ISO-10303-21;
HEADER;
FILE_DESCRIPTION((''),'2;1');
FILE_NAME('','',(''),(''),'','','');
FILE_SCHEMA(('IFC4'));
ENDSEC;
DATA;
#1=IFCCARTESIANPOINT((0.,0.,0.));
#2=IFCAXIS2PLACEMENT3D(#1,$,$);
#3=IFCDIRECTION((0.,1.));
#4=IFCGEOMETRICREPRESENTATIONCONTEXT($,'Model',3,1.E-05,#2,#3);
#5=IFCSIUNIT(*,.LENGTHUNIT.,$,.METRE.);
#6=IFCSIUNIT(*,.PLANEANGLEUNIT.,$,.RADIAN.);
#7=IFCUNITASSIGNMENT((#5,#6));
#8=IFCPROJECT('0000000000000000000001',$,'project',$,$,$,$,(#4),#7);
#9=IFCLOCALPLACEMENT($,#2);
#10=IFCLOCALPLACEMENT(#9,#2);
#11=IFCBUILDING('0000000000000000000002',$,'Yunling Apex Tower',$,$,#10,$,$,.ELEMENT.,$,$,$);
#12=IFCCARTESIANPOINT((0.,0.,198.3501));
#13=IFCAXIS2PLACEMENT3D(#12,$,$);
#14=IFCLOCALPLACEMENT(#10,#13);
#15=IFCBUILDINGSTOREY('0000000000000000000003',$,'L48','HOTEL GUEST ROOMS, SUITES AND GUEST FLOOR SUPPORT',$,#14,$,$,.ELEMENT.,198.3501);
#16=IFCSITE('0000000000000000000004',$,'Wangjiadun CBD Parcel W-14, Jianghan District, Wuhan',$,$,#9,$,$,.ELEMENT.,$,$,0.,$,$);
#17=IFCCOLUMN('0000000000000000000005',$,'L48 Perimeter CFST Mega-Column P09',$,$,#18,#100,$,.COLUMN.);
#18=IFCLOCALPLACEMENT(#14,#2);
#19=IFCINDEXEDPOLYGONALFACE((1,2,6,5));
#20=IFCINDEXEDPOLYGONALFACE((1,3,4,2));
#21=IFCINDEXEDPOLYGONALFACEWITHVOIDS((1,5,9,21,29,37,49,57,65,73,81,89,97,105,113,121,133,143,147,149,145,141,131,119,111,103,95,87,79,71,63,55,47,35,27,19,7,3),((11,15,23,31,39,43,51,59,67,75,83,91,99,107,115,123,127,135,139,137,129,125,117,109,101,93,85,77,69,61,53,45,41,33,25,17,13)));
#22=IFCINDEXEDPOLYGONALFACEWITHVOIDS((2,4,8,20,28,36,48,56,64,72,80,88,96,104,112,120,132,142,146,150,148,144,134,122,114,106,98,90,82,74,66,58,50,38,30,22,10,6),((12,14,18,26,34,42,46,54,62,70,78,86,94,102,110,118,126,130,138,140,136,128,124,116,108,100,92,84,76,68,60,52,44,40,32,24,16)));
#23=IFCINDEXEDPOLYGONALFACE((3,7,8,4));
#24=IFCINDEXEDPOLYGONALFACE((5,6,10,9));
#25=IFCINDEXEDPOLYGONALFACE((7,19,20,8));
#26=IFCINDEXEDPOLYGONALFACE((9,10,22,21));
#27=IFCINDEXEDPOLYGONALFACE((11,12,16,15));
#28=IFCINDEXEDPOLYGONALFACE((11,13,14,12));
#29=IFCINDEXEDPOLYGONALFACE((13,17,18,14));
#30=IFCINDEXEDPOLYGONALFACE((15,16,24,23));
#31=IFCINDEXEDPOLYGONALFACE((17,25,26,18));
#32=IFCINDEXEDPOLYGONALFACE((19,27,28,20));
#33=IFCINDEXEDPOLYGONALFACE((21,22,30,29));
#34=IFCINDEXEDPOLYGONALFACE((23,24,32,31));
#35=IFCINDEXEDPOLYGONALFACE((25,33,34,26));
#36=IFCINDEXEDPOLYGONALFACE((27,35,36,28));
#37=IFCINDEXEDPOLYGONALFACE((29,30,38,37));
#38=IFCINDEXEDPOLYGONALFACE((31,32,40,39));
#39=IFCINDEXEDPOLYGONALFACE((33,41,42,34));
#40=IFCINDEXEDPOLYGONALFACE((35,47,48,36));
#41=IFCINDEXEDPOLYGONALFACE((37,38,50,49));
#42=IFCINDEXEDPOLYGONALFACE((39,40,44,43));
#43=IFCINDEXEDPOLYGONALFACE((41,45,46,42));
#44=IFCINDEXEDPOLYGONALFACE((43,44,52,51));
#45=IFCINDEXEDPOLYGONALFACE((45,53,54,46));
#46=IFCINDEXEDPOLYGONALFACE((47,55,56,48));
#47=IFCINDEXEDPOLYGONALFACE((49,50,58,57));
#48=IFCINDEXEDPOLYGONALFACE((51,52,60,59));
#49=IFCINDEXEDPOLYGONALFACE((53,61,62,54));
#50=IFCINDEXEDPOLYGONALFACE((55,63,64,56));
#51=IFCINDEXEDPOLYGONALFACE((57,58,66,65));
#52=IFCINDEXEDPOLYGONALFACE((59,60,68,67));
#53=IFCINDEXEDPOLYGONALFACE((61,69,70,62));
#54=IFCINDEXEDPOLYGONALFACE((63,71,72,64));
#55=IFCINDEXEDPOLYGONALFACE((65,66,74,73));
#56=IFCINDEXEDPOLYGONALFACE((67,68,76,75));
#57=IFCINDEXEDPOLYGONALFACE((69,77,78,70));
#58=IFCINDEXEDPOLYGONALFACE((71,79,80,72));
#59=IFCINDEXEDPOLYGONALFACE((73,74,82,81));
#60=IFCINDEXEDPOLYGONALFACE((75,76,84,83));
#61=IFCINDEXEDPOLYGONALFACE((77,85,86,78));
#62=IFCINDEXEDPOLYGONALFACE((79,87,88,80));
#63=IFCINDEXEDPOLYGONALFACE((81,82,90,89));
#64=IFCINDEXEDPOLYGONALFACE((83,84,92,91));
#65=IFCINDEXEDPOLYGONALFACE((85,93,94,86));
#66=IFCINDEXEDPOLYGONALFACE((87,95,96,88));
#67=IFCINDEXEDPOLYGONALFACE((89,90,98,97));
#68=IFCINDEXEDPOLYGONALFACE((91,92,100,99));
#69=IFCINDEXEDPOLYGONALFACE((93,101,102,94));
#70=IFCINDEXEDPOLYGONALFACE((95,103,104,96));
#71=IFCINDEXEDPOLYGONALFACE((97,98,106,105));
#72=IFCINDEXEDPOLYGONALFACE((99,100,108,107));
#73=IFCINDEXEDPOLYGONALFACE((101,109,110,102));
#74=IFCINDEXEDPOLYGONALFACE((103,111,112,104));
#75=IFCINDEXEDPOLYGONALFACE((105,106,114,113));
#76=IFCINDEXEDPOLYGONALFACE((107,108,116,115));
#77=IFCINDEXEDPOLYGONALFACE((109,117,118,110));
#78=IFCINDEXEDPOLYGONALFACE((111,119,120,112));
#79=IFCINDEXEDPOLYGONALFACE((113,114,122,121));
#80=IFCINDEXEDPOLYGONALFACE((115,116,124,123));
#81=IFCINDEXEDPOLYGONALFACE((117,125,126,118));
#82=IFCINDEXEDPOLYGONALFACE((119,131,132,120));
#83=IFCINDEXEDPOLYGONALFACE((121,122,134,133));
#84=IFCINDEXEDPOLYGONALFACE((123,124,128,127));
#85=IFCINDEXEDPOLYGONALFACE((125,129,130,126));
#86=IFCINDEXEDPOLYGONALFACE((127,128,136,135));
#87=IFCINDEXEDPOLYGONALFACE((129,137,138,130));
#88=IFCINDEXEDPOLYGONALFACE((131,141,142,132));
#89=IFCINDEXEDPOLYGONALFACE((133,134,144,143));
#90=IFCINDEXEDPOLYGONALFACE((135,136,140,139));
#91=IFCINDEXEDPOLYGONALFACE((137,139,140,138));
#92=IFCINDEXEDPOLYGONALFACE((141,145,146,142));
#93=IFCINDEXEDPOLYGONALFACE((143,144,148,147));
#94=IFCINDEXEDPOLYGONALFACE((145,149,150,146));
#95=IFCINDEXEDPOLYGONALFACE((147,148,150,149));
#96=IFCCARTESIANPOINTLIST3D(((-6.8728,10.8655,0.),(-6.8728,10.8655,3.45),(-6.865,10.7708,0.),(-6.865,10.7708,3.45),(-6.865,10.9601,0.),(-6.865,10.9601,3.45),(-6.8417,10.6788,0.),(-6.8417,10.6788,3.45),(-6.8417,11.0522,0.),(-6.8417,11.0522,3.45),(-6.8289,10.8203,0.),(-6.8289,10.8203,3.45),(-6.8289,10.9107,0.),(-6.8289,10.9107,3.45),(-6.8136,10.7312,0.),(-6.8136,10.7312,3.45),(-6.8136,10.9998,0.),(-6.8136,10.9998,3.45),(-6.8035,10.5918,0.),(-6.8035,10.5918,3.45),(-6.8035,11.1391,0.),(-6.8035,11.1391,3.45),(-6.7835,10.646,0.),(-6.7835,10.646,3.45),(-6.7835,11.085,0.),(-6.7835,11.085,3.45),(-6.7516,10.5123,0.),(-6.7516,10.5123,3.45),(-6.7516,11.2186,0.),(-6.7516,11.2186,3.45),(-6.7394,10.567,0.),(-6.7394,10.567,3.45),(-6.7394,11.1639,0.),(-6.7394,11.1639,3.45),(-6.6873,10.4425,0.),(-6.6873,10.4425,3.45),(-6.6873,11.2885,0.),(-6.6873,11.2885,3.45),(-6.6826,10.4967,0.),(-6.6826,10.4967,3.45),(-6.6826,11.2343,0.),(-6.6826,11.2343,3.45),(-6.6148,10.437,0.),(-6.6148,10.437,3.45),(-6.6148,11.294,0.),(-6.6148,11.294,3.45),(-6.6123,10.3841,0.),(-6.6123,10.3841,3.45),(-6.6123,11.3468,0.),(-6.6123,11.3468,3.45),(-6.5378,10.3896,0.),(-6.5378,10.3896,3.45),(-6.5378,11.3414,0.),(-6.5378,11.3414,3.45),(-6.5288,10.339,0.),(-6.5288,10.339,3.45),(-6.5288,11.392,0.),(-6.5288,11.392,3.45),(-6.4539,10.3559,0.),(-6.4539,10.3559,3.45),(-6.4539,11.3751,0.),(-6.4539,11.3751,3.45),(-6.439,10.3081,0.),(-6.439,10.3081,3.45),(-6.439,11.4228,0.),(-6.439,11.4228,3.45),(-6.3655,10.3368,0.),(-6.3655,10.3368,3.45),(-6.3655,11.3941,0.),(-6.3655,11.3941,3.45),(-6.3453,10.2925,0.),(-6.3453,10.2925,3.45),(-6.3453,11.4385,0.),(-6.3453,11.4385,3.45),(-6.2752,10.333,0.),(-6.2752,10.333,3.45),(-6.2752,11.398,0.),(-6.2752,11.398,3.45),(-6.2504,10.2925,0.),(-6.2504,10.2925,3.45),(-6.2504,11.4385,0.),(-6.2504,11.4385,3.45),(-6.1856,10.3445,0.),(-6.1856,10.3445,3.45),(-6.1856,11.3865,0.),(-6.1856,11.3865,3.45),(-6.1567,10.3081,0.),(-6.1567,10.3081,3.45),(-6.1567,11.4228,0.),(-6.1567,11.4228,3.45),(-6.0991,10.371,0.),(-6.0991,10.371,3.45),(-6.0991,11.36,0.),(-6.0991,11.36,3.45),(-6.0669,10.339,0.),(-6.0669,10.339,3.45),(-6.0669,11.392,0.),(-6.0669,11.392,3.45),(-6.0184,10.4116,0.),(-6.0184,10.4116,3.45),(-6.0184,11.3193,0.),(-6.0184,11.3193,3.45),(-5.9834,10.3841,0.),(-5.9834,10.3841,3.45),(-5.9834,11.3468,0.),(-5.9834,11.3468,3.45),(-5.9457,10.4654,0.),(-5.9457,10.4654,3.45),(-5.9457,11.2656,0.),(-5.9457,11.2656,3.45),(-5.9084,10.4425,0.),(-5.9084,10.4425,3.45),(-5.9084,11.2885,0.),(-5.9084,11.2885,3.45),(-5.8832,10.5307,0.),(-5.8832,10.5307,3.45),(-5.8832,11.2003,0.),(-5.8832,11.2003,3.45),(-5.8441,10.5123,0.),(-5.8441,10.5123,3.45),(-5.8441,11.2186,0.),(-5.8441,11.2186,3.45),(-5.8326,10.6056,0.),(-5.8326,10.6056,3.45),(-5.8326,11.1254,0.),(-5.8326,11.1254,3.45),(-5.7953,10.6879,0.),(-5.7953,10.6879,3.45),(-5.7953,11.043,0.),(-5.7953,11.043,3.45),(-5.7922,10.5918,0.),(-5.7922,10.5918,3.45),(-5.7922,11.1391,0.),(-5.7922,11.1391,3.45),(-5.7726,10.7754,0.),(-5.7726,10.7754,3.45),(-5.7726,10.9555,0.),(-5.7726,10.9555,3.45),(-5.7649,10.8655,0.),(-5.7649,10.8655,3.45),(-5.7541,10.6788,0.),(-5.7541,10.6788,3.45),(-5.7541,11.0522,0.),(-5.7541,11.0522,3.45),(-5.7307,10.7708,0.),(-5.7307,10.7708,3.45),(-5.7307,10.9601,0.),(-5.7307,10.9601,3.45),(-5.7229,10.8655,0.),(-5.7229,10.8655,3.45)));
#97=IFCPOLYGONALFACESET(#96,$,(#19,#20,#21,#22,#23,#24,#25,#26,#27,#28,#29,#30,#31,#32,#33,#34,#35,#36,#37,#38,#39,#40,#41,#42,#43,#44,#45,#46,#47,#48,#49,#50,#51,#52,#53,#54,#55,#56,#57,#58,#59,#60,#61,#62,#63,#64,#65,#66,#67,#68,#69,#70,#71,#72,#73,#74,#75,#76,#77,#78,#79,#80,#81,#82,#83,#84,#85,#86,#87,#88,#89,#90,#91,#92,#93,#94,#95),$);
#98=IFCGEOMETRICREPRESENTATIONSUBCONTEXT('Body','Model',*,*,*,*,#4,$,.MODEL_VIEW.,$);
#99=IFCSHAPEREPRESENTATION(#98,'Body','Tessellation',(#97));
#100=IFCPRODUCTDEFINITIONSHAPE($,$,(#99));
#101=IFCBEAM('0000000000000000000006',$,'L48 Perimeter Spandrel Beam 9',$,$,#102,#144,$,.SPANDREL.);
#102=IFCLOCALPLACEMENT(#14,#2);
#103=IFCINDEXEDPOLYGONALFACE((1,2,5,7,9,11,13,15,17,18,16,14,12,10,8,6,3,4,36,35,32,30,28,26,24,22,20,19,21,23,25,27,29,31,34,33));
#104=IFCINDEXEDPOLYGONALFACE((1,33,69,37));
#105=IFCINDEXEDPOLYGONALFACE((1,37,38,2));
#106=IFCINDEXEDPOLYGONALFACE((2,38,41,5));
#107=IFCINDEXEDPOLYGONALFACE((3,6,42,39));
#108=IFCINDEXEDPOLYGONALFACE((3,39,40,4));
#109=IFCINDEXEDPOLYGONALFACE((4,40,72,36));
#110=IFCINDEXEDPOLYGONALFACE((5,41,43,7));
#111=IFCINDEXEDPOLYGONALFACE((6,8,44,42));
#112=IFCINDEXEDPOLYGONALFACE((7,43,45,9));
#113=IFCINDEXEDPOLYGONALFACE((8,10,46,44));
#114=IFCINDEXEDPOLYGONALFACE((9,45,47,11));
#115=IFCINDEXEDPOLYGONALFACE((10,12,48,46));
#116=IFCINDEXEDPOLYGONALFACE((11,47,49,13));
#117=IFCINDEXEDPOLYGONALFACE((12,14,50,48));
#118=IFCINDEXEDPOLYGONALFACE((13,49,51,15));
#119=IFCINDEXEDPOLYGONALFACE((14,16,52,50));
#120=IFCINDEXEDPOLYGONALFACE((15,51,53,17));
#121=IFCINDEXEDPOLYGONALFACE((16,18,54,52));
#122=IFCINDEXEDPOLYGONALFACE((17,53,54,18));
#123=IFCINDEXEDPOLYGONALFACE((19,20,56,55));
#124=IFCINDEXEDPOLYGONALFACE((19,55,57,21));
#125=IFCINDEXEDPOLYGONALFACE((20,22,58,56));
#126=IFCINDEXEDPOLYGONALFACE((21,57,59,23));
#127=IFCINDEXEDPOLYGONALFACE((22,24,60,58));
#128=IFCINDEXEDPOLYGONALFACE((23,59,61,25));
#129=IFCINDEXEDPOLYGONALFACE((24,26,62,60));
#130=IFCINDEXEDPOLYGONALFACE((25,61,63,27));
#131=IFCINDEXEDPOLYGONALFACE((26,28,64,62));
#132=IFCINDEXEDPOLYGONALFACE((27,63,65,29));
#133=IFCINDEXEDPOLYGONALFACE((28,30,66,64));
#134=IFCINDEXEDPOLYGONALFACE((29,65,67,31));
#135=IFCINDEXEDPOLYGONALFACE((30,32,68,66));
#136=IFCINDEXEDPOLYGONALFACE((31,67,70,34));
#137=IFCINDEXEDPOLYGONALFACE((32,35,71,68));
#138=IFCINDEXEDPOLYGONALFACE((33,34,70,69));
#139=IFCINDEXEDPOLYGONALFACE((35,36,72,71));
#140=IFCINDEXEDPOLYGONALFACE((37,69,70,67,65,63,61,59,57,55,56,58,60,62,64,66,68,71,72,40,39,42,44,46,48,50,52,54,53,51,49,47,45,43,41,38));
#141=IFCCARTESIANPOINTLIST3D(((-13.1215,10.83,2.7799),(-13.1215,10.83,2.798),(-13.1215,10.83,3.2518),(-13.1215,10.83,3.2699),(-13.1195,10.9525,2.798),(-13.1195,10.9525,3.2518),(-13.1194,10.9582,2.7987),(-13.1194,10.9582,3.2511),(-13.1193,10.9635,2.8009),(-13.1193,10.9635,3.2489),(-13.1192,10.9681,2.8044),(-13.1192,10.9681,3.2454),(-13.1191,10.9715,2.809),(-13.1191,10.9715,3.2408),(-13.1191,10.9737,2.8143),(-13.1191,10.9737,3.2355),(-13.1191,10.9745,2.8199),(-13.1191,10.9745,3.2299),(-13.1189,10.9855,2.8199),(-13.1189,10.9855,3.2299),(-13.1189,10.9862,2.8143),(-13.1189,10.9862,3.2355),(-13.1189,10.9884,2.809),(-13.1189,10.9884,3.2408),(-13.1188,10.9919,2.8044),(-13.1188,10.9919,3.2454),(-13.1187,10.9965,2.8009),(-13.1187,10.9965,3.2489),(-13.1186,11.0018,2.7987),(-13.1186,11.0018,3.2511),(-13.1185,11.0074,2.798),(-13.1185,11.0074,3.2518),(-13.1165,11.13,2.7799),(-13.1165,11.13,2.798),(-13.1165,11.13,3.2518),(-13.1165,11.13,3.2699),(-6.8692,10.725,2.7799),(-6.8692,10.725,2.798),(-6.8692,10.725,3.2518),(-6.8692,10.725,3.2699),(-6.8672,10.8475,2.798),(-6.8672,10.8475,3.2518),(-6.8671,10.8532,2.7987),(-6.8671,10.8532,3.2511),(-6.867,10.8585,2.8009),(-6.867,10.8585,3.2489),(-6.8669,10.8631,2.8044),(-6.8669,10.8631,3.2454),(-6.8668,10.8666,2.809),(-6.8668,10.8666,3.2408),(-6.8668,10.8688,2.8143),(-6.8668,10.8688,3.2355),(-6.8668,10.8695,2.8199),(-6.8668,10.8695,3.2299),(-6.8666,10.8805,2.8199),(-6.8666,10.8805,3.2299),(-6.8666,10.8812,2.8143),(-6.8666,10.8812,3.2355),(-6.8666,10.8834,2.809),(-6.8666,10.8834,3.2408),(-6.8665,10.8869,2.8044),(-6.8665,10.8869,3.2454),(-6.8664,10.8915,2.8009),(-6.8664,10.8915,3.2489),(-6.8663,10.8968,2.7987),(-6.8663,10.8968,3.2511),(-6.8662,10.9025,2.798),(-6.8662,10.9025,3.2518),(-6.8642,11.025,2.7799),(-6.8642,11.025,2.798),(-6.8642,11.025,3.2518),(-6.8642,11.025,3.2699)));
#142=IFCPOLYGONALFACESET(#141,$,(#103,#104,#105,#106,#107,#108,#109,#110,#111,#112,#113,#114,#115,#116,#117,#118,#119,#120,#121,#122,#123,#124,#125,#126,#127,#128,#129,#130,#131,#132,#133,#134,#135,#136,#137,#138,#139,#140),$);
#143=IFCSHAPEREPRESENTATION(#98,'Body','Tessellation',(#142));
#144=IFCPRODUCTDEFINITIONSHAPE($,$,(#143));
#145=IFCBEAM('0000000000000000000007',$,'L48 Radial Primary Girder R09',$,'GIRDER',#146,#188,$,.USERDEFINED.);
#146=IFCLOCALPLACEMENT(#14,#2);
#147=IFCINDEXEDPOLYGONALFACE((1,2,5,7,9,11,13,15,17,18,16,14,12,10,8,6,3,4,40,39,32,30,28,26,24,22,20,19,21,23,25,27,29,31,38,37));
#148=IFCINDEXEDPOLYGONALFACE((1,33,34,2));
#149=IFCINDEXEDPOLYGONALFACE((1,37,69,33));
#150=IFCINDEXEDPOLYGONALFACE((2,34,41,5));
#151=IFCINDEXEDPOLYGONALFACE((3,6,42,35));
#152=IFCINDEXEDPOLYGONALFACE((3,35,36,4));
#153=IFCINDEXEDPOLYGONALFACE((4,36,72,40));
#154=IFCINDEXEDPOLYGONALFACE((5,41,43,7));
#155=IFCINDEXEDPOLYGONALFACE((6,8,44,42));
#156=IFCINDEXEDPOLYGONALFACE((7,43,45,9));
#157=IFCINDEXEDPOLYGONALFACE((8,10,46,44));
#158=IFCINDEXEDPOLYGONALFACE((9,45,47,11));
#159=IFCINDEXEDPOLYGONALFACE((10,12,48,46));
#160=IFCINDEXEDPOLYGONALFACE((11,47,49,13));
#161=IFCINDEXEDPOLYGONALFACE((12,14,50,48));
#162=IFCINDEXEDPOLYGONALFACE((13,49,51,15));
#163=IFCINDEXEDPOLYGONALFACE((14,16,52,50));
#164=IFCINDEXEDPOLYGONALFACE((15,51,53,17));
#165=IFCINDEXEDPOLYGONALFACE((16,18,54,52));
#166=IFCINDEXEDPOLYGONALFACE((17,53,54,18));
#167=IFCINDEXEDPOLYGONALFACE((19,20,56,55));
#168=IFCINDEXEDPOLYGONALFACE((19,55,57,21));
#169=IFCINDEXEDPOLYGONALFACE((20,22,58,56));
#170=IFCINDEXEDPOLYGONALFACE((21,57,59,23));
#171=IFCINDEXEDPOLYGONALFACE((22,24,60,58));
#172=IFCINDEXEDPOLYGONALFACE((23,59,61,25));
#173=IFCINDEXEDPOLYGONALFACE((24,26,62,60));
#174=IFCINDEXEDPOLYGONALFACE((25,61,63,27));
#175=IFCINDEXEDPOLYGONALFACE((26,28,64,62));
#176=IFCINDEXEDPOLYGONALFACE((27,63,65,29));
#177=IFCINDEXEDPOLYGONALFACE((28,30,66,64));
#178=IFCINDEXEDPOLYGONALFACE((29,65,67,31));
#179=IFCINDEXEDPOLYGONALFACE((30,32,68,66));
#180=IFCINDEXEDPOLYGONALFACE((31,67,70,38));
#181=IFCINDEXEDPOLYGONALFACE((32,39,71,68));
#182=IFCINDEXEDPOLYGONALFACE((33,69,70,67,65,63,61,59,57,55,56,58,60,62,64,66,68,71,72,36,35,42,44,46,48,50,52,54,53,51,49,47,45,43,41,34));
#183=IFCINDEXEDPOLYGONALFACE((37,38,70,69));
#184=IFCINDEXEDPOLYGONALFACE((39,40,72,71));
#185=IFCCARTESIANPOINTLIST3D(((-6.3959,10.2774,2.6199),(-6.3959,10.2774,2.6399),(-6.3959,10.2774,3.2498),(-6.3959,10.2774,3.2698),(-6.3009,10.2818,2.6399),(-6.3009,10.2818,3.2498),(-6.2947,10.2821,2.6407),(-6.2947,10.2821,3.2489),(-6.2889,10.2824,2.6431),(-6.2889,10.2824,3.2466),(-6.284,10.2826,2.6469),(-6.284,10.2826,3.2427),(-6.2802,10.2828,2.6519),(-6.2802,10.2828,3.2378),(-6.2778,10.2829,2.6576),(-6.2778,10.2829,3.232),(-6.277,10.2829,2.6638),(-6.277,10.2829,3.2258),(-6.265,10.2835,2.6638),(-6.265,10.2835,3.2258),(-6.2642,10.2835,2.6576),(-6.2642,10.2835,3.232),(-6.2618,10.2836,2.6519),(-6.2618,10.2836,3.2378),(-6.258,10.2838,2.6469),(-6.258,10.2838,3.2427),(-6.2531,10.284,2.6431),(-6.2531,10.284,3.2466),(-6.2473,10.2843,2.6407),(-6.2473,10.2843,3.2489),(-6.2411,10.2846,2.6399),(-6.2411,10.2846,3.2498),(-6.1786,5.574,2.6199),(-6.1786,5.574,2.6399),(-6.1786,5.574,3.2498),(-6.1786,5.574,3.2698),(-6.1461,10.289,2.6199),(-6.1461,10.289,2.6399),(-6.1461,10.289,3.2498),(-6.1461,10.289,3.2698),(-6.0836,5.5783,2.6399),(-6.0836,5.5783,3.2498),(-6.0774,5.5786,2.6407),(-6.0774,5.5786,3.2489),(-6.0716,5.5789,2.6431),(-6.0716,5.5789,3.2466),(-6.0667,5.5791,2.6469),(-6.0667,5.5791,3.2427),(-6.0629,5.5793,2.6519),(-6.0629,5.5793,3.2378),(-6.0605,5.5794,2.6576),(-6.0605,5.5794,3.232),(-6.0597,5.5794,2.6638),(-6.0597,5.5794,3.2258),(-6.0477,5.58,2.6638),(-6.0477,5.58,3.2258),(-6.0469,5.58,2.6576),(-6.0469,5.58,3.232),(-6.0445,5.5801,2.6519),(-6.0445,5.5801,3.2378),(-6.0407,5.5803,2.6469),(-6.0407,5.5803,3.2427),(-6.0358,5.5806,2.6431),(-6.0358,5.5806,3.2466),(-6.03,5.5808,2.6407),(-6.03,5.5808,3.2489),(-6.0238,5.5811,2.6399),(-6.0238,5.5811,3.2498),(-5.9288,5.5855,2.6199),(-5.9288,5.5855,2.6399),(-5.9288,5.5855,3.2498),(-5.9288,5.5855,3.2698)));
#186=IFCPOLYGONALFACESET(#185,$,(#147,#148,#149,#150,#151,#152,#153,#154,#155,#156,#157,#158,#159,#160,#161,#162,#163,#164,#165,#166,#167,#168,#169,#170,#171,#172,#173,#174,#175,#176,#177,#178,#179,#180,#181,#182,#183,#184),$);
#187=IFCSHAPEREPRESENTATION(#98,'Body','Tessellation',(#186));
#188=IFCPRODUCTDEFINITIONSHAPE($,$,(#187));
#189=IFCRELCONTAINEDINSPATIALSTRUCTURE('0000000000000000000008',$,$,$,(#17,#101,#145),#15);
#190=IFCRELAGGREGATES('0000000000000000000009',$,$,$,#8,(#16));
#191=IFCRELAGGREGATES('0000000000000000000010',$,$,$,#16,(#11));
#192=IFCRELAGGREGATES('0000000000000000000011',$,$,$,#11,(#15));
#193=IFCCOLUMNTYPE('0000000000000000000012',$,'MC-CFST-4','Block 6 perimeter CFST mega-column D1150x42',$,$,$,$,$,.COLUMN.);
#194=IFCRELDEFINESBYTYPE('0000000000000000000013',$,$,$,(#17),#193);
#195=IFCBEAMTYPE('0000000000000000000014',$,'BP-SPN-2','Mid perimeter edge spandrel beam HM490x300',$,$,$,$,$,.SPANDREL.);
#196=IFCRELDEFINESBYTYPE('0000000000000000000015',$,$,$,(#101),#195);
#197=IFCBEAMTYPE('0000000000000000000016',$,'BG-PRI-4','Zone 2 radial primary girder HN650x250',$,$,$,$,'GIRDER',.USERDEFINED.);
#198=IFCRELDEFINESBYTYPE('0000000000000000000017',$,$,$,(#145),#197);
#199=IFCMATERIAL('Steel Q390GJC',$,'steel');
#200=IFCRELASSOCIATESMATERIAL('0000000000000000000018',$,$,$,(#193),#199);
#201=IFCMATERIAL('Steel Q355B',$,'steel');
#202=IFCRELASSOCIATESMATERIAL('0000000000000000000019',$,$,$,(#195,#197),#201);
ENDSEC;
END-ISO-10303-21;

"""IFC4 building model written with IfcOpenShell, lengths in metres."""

from ifc_helpers import new_model, si_unit, direction, frame, origin, origin_2d, place, context, subcontext, project, spatial, hollow_circle, i_section, extrude, source, transform, mapped, material, material_profile, profile_set, type_object, element, save


model = new_model("IFC4")

# Units and contexts
model_context = context("Model", 3, precision=1e-05, world=origin(), true_north=direction((0.0, 1.0)))
body_context = subcontext(model_context, "Body", "Model", "MODEL_VIEW")
ifc_project = project(units=[si_unit("LENGTHUNIT", "METRE"), si_unit("PLANEANGLEUNIT", "RADIAN")], contexts=[model_context])

# Site, building, storey
site_placement = place(None, origin())
site = spatial("IfcSite", under=ifc_project, at=site_placement, Name="Wangjiadun CBD Parcel W-14, Jianghan District, Wuhan", CompositionType="ELEMENT", RefElevation=0.0)
building_placement = place(site_placement, origin())
building = spatial("IfcBuilding", under=site, at=building_placement, Name="Yunling Apex Tower", CompositionType="ELEMENT")
storey_placement = place(building_placement, frame((0.0, 0.0, 198.3501)))
storey = spatial("IfcBuildingStorey", under=building, at=storey_placement, Name="L48", Description="HOTEL GUEST ROOMS, SUITES AND GUEST FLOOR SUPPORT", CompositionType="ELEMENT", Elevation=198.3501)

# Column
ifc_material_1 = material(Name="Steel Q390GJC", Category="steel")
ifc_material_profile_1 = material_profile(ifc_material_1, hollow_circle(Radius=0.575, WallThickness=0.042, at=origin_2d()))
ifc_profile_set_1 = profile_set([ifc_material_profile_1], Name="Steel Q390GJC")
column_type = type_object("IfcColumnType", Name="MC-CFST-4", Description="Block 6 perimeter CFST mega-column D1150x42", PredefinedType="COLUMN", material=ifc_profile_set_1)
shared_shape_1 = source(origin(), body_context, "Body", "SweptSolid", [
    extrude(hollow_circle(Radius=0.575, WallThickness=0.042, at=origin_2d()), origin(), (0.0, 0.0, 1.0), 3.45),
])
column_placement = place(storey_placement, frame((-6.2979, 10.8655, 0.0), z_axis=(0.0, 0.0, 1.0), x_axis=(1.0, 0.0, 0.0)))
element("IfcColumn", 1, at=column_placement, inside=storey, type_object=column_type, Name="L48 Perimeter CFST Mega-Column P09", PredefinedType="COLUMN", context=body_context, shape_type="MappedRepresentation", body=[
    mapped(shared_shape_1, transform((0.0, 0.0, 0.0), scale=1.0)),
])

# Beams
ifc_material_2 = material(Name="Steel Q355B", Category="steel")
ifc_material_profile_2 = material_profile(ifc_material_2, i_section(OverallWidth=0.3, OverallDepth=0.49, WebThickness=0.011, FlangeThickness=0.0181, FilletRadius=0.022, at=origin_2d()))
ifc_profile_set_2 = profile_set([ifc_material_profile_2], Name="Steel Q355B")
beam_type_1 = type_object("IfcBeamType", Name="BP-SPN-2", Description="Mid perimeter edge spandrel beam HM490x300", PredefinedType="SPANDREL", material=ifc_profile_set_2)
shared_shape_2 = source(origin(), body_context, "Body", "SweptSolid", [
    extrude(i_section(OverallWidth=0.3, OverallDepth=0.49, WebThickness=0.011, FlangeThickness=0.0181, FilletRadius=0.022, at=origin_2d()), origin(), (0.0, 0.0, 1.0), 6.2532),
])
beam_1_placement = place(storey_placement, frame((-6.8667, 10.875, 3.0249), z_axis=(-0.999859, 0.016789, 0.0), x_axis=(-0.016789, -0.999859, 0.0)))
element("IfcBeam", 2, at=beam_1_placement, inside=storey, type_object=beam_type_1, Name="L48 Perimeter Spandrel Beam 9", PredefinedType="SPANDREL", context=body_context, shape_type="MappedRepresentation", body=[
    mapped(shared_shape_2, transform((0.0, 0.0, 0.0), scale=1.0)),
])
ifc_material_profile_3 = material_profile(ifc_material_2, i_section(OverallWidth=0.25, OverallDepth=0.6499, WebThickness=0.012, FlangeThickness=0.02, FilletRadius=0.0239, at=origin_2d()))
ifc_profile_set_3 = profile_set([ifc_material_profile_3], Name="Steel Q355B")
beam_type_2 = type_object("IfcBeamType", Name="BG-PRI-4", Description="Zone 2 radial primary girder HN650x250", ElementType="GIRDER", PredefinedType="USERDEFINED", material=ifc_profile_set_3)
shared_shape_3 = source(origin(), body_context, "Body", "SweptSolid", [
    extrude(i_section(OverallWidth=0.25, OverallDepth=0.6499, WebThickness=0.012, FlangeThickness=0.02, FilletRadius=0.0239, at=origin_2d()), origin(), (0.0, 0.0, 1.0), 4.7085),
])
beam_2_placement = place(storey_placement, frame((-6.271, 10.2832, 2.9448), z_axis=(0.046149, -0.998935, 0.0), x_axis=(0.998935, 0.046149, 0.0)))
element("IfcBeam", 3, at=beam_2_placement, inside=storey, type_object=beam_type_2, Name="L48 Radial Primary Girder R09", ObjectType="GIRDER", PredefinedType="USERDEFINED", context=body_context, shape_type="MappedRepresentation", body=[
    mapped(shared_shape_3, transform((0.0, 0.0, 0.0), scale=1.0)),
])

save(model, "model.ifc")
